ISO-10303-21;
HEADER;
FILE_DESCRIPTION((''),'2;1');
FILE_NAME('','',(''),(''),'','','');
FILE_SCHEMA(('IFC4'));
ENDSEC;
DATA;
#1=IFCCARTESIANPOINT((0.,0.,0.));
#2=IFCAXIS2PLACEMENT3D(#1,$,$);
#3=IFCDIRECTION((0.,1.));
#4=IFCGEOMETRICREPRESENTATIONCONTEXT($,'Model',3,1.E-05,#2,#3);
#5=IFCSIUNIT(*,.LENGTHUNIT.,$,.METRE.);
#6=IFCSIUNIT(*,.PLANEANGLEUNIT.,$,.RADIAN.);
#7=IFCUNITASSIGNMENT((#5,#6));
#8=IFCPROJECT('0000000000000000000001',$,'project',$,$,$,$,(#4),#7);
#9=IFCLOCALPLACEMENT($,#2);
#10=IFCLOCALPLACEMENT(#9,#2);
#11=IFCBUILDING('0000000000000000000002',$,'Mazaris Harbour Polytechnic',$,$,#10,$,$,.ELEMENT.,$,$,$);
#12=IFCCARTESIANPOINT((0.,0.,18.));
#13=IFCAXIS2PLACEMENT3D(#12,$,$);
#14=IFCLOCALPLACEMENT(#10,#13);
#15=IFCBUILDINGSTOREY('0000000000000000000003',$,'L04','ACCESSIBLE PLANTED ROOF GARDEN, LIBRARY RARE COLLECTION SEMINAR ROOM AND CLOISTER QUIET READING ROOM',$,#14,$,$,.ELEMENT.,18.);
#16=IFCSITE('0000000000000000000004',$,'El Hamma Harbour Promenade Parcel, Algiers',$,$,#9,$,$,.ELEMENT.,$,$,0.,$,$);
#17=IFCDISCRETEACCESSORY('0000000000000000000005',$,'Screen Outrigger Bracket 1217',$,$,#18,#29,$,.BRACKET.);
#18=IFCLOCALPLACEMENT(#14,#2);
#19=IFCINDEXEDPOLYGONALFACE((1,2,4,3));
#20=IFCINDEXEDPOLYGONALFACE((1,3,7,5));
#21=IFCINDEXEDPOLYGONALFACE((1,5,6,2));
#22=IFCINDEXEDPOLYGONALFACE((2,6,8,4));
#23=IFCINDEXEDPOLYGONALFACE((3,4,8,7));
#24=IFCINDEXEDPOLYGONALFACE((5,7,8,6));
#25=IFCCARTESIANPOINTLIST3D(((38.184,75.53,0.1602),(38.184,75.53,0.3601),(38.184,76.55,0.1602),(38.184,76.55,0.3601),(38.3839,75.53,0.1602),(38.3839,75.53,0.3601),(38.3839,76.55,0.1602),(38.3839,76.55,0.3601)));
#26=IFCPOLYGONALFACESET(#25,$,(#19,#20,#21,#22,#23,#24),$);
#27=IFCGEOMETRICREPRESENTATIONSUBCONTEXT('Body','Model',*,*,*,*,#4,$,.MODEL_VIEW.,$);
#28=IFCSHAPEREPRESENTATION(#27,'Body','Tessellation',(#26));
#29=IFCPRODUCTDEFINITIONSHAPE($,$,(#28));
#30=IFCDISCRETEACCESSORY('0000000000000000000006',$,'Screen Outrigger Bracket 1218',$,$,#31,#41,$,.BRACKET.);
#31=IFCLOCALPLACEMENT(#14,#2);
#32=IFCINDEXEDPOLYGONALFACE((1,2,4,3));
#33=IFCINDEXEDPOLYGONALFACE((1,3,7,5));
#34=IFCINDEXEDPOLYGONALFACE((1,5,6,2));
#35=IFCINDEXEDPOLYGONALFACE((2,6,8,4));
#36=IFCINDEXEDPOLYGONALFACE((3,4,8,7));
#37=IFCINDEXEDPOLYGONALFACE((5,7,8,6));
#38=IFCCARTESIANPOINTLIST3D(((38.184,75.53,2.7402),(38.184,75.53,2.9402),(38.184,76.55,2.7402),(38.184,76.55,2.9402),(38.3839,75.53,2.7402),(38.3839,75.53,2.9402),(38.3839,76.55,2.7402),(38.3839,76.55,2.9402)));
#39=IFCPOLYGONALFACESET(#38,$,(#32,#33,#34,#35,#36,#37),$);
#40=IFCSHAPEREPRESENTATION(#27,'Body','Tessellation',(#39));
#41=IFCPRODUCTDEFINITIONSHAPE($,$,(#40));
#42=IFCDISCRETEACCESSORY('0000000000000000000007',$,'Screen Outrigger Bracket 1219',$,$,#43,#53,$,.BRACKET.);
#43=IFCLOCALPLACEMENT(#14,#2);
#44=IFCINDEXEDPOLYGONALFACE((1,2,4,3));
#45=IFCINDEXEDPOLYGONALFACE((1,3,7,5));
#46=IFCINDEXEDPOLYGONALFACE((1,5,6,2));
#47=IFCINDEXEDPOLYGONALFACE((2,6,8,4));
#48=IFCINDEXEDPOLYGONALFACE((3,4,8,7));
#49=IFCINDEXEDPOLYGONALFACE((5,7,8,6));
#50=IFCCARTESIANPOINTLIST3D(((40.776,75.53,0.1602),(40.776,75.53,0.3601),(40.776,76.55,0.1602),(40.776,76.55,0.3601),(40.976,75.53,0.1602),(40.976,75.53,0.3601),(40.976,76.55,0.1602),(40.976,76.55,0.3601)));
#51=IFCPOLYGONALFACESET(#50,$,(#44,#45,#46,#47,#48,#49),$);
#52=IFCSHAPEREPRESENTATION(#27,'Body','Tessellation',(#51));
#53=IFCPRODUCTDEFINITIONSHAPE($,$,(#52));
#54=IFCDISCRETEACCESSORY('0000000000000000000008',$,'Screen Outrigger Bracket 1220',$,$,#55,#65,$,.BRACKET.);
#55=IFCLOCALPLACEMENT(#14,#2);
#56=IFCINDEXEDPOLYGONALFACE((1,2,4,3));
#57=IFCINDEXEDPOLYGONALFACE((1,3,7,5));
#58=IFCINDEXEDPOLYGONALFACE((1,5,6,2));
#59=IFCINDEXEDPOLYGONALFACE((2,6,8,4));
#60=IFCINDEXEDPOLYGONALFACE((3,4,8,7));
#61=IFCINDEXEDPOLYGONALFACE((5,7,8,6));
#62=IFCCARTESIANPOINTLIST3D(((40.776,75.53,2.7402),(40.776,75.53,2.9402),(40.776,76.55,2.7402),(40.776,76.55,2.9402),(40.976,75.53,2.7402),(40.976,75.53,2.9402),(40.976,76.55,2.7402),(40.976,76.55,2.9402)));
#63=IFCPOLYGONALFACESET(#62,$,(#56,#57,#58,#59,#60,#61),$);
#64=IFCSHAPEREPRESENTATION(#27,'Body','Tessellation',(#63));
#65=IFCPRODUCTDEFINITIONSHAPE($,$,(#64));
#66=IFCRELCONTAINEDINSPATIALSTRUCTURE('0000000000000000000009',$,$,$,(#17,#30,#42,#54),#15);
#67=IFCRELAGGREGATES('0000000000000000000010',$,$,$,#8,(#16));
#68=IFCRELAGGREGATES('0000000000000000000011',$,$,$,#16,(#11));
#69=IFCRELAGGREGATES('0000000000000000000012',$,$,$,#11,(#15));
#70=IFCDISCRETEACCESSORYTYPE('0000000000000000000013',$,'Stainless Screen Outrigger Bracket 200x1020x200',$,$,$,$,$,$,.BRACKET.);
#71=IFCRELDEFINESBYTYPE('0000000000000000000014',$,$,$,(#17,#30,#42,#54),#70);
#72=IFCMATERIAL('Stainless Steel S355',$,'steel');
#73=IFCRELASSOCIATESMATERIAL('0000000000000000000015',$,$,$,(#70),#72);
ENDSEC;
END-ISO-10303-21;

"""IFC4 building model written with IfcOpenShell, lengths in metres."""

from ifc_helpers import new_model, si_unit, direction, frame, origin, origin_2d, place, context, subcontext, project, spatial, rectangle, extrude, material, type_object, element, save


model = new_model("IFC4")

# Units and contexts
model_context = context("Model", 3, precision=1e-05, world=origin(), true_north=direction((0.0, 1.0)))
body_context = subcontext(model_context, "Body", "Model", "MODEL_VIEW")
ifc_project = project(units=[si_unit("LENGTHUNIT", "METRE"), si_unit("PLANEANGLEUNIT", "RADIAN")], contexts=[model_context])

# Site, building, storey
site_placement = place(None, origin())
site = spatial("IfcSite", under=ifc_project, at=site_placement, Name="El Hamma Harbour Promenade Parcel, Algiers", CompositionType="ELEMENT", RefElevation=0.0)
building_placement = place(site_placement, origin())
building = spatial("IfcBuilding", under=site, at=building_placement, Name="Mazaris Harbour Polytechnic", CompositionType="ELEMENT")
storey_placement = place(building_placement, frame((0.0, 0.0, 18.0)))
storey = spatial("IfcBuildingStorey", under=building, at=storey_placement, Name="L04", Description="ACCESSIBLE PLANTED ROOF GARDEN, LIBRARY RARE COLLECTION SEMINAR ROOM AND CLOISTER QUIET READING ROOM", CompositionType="ELEMENT", Elevation=18.0)

# Discrete accessories
ifc_material_1 = material(Name="Stainless Steel S355", Category="steel")
discrete_accessory_type = type_object("IfcDiscreteAccessoryType", Name="Stainless Screen Outrigger Bracket 200x1020x200", PredefinedType="BRACKET", material=ifc_material_1)
for number, where, z_axis, x_axis, name in (
    (1, (38.2839, 76.04, 0.1602), (0.0, 0.0, 1.0), (1.0, 0.0, 0.0), "Screen Outrigger Bracket 1217"),
    (2, (38.2839, 76.04, 2.7402), (0.0, 0.0, 1.0), (1.0, 0.0, 0.0), "Screen Outrigger Bracket 1218"),
    (3, (40.876, 76.04, 0.1602), (0.0, 0.0, 1.0), (1.0, 0.0, 0.0), "Screen Outrigger Bracket 1219"),
    (4, (40.876, 76.04, 2.7402), (0.0, 0.0, 1.0), (1.0, 0.0, 0.0), "Screen Outrigger Bracket 1220"),
):
    element("IfcDiscreteAccessory", number, at=place(storey_placement, frame(where, z_axis=z_axis, x_axis=x_axis)), inside=storey, type_object=discrete_accessory_type, Name=name, PredefinedType="BRACKET", context=body_context, shape_type="SweptSolid", body=[
        extrude(rectangle(XDim=0.2, YDim=1.02, at=origin_2d()), origin(), (0.0, 0.0, 1.0), 0.2),
    ])

save(model, "model.ifc")
